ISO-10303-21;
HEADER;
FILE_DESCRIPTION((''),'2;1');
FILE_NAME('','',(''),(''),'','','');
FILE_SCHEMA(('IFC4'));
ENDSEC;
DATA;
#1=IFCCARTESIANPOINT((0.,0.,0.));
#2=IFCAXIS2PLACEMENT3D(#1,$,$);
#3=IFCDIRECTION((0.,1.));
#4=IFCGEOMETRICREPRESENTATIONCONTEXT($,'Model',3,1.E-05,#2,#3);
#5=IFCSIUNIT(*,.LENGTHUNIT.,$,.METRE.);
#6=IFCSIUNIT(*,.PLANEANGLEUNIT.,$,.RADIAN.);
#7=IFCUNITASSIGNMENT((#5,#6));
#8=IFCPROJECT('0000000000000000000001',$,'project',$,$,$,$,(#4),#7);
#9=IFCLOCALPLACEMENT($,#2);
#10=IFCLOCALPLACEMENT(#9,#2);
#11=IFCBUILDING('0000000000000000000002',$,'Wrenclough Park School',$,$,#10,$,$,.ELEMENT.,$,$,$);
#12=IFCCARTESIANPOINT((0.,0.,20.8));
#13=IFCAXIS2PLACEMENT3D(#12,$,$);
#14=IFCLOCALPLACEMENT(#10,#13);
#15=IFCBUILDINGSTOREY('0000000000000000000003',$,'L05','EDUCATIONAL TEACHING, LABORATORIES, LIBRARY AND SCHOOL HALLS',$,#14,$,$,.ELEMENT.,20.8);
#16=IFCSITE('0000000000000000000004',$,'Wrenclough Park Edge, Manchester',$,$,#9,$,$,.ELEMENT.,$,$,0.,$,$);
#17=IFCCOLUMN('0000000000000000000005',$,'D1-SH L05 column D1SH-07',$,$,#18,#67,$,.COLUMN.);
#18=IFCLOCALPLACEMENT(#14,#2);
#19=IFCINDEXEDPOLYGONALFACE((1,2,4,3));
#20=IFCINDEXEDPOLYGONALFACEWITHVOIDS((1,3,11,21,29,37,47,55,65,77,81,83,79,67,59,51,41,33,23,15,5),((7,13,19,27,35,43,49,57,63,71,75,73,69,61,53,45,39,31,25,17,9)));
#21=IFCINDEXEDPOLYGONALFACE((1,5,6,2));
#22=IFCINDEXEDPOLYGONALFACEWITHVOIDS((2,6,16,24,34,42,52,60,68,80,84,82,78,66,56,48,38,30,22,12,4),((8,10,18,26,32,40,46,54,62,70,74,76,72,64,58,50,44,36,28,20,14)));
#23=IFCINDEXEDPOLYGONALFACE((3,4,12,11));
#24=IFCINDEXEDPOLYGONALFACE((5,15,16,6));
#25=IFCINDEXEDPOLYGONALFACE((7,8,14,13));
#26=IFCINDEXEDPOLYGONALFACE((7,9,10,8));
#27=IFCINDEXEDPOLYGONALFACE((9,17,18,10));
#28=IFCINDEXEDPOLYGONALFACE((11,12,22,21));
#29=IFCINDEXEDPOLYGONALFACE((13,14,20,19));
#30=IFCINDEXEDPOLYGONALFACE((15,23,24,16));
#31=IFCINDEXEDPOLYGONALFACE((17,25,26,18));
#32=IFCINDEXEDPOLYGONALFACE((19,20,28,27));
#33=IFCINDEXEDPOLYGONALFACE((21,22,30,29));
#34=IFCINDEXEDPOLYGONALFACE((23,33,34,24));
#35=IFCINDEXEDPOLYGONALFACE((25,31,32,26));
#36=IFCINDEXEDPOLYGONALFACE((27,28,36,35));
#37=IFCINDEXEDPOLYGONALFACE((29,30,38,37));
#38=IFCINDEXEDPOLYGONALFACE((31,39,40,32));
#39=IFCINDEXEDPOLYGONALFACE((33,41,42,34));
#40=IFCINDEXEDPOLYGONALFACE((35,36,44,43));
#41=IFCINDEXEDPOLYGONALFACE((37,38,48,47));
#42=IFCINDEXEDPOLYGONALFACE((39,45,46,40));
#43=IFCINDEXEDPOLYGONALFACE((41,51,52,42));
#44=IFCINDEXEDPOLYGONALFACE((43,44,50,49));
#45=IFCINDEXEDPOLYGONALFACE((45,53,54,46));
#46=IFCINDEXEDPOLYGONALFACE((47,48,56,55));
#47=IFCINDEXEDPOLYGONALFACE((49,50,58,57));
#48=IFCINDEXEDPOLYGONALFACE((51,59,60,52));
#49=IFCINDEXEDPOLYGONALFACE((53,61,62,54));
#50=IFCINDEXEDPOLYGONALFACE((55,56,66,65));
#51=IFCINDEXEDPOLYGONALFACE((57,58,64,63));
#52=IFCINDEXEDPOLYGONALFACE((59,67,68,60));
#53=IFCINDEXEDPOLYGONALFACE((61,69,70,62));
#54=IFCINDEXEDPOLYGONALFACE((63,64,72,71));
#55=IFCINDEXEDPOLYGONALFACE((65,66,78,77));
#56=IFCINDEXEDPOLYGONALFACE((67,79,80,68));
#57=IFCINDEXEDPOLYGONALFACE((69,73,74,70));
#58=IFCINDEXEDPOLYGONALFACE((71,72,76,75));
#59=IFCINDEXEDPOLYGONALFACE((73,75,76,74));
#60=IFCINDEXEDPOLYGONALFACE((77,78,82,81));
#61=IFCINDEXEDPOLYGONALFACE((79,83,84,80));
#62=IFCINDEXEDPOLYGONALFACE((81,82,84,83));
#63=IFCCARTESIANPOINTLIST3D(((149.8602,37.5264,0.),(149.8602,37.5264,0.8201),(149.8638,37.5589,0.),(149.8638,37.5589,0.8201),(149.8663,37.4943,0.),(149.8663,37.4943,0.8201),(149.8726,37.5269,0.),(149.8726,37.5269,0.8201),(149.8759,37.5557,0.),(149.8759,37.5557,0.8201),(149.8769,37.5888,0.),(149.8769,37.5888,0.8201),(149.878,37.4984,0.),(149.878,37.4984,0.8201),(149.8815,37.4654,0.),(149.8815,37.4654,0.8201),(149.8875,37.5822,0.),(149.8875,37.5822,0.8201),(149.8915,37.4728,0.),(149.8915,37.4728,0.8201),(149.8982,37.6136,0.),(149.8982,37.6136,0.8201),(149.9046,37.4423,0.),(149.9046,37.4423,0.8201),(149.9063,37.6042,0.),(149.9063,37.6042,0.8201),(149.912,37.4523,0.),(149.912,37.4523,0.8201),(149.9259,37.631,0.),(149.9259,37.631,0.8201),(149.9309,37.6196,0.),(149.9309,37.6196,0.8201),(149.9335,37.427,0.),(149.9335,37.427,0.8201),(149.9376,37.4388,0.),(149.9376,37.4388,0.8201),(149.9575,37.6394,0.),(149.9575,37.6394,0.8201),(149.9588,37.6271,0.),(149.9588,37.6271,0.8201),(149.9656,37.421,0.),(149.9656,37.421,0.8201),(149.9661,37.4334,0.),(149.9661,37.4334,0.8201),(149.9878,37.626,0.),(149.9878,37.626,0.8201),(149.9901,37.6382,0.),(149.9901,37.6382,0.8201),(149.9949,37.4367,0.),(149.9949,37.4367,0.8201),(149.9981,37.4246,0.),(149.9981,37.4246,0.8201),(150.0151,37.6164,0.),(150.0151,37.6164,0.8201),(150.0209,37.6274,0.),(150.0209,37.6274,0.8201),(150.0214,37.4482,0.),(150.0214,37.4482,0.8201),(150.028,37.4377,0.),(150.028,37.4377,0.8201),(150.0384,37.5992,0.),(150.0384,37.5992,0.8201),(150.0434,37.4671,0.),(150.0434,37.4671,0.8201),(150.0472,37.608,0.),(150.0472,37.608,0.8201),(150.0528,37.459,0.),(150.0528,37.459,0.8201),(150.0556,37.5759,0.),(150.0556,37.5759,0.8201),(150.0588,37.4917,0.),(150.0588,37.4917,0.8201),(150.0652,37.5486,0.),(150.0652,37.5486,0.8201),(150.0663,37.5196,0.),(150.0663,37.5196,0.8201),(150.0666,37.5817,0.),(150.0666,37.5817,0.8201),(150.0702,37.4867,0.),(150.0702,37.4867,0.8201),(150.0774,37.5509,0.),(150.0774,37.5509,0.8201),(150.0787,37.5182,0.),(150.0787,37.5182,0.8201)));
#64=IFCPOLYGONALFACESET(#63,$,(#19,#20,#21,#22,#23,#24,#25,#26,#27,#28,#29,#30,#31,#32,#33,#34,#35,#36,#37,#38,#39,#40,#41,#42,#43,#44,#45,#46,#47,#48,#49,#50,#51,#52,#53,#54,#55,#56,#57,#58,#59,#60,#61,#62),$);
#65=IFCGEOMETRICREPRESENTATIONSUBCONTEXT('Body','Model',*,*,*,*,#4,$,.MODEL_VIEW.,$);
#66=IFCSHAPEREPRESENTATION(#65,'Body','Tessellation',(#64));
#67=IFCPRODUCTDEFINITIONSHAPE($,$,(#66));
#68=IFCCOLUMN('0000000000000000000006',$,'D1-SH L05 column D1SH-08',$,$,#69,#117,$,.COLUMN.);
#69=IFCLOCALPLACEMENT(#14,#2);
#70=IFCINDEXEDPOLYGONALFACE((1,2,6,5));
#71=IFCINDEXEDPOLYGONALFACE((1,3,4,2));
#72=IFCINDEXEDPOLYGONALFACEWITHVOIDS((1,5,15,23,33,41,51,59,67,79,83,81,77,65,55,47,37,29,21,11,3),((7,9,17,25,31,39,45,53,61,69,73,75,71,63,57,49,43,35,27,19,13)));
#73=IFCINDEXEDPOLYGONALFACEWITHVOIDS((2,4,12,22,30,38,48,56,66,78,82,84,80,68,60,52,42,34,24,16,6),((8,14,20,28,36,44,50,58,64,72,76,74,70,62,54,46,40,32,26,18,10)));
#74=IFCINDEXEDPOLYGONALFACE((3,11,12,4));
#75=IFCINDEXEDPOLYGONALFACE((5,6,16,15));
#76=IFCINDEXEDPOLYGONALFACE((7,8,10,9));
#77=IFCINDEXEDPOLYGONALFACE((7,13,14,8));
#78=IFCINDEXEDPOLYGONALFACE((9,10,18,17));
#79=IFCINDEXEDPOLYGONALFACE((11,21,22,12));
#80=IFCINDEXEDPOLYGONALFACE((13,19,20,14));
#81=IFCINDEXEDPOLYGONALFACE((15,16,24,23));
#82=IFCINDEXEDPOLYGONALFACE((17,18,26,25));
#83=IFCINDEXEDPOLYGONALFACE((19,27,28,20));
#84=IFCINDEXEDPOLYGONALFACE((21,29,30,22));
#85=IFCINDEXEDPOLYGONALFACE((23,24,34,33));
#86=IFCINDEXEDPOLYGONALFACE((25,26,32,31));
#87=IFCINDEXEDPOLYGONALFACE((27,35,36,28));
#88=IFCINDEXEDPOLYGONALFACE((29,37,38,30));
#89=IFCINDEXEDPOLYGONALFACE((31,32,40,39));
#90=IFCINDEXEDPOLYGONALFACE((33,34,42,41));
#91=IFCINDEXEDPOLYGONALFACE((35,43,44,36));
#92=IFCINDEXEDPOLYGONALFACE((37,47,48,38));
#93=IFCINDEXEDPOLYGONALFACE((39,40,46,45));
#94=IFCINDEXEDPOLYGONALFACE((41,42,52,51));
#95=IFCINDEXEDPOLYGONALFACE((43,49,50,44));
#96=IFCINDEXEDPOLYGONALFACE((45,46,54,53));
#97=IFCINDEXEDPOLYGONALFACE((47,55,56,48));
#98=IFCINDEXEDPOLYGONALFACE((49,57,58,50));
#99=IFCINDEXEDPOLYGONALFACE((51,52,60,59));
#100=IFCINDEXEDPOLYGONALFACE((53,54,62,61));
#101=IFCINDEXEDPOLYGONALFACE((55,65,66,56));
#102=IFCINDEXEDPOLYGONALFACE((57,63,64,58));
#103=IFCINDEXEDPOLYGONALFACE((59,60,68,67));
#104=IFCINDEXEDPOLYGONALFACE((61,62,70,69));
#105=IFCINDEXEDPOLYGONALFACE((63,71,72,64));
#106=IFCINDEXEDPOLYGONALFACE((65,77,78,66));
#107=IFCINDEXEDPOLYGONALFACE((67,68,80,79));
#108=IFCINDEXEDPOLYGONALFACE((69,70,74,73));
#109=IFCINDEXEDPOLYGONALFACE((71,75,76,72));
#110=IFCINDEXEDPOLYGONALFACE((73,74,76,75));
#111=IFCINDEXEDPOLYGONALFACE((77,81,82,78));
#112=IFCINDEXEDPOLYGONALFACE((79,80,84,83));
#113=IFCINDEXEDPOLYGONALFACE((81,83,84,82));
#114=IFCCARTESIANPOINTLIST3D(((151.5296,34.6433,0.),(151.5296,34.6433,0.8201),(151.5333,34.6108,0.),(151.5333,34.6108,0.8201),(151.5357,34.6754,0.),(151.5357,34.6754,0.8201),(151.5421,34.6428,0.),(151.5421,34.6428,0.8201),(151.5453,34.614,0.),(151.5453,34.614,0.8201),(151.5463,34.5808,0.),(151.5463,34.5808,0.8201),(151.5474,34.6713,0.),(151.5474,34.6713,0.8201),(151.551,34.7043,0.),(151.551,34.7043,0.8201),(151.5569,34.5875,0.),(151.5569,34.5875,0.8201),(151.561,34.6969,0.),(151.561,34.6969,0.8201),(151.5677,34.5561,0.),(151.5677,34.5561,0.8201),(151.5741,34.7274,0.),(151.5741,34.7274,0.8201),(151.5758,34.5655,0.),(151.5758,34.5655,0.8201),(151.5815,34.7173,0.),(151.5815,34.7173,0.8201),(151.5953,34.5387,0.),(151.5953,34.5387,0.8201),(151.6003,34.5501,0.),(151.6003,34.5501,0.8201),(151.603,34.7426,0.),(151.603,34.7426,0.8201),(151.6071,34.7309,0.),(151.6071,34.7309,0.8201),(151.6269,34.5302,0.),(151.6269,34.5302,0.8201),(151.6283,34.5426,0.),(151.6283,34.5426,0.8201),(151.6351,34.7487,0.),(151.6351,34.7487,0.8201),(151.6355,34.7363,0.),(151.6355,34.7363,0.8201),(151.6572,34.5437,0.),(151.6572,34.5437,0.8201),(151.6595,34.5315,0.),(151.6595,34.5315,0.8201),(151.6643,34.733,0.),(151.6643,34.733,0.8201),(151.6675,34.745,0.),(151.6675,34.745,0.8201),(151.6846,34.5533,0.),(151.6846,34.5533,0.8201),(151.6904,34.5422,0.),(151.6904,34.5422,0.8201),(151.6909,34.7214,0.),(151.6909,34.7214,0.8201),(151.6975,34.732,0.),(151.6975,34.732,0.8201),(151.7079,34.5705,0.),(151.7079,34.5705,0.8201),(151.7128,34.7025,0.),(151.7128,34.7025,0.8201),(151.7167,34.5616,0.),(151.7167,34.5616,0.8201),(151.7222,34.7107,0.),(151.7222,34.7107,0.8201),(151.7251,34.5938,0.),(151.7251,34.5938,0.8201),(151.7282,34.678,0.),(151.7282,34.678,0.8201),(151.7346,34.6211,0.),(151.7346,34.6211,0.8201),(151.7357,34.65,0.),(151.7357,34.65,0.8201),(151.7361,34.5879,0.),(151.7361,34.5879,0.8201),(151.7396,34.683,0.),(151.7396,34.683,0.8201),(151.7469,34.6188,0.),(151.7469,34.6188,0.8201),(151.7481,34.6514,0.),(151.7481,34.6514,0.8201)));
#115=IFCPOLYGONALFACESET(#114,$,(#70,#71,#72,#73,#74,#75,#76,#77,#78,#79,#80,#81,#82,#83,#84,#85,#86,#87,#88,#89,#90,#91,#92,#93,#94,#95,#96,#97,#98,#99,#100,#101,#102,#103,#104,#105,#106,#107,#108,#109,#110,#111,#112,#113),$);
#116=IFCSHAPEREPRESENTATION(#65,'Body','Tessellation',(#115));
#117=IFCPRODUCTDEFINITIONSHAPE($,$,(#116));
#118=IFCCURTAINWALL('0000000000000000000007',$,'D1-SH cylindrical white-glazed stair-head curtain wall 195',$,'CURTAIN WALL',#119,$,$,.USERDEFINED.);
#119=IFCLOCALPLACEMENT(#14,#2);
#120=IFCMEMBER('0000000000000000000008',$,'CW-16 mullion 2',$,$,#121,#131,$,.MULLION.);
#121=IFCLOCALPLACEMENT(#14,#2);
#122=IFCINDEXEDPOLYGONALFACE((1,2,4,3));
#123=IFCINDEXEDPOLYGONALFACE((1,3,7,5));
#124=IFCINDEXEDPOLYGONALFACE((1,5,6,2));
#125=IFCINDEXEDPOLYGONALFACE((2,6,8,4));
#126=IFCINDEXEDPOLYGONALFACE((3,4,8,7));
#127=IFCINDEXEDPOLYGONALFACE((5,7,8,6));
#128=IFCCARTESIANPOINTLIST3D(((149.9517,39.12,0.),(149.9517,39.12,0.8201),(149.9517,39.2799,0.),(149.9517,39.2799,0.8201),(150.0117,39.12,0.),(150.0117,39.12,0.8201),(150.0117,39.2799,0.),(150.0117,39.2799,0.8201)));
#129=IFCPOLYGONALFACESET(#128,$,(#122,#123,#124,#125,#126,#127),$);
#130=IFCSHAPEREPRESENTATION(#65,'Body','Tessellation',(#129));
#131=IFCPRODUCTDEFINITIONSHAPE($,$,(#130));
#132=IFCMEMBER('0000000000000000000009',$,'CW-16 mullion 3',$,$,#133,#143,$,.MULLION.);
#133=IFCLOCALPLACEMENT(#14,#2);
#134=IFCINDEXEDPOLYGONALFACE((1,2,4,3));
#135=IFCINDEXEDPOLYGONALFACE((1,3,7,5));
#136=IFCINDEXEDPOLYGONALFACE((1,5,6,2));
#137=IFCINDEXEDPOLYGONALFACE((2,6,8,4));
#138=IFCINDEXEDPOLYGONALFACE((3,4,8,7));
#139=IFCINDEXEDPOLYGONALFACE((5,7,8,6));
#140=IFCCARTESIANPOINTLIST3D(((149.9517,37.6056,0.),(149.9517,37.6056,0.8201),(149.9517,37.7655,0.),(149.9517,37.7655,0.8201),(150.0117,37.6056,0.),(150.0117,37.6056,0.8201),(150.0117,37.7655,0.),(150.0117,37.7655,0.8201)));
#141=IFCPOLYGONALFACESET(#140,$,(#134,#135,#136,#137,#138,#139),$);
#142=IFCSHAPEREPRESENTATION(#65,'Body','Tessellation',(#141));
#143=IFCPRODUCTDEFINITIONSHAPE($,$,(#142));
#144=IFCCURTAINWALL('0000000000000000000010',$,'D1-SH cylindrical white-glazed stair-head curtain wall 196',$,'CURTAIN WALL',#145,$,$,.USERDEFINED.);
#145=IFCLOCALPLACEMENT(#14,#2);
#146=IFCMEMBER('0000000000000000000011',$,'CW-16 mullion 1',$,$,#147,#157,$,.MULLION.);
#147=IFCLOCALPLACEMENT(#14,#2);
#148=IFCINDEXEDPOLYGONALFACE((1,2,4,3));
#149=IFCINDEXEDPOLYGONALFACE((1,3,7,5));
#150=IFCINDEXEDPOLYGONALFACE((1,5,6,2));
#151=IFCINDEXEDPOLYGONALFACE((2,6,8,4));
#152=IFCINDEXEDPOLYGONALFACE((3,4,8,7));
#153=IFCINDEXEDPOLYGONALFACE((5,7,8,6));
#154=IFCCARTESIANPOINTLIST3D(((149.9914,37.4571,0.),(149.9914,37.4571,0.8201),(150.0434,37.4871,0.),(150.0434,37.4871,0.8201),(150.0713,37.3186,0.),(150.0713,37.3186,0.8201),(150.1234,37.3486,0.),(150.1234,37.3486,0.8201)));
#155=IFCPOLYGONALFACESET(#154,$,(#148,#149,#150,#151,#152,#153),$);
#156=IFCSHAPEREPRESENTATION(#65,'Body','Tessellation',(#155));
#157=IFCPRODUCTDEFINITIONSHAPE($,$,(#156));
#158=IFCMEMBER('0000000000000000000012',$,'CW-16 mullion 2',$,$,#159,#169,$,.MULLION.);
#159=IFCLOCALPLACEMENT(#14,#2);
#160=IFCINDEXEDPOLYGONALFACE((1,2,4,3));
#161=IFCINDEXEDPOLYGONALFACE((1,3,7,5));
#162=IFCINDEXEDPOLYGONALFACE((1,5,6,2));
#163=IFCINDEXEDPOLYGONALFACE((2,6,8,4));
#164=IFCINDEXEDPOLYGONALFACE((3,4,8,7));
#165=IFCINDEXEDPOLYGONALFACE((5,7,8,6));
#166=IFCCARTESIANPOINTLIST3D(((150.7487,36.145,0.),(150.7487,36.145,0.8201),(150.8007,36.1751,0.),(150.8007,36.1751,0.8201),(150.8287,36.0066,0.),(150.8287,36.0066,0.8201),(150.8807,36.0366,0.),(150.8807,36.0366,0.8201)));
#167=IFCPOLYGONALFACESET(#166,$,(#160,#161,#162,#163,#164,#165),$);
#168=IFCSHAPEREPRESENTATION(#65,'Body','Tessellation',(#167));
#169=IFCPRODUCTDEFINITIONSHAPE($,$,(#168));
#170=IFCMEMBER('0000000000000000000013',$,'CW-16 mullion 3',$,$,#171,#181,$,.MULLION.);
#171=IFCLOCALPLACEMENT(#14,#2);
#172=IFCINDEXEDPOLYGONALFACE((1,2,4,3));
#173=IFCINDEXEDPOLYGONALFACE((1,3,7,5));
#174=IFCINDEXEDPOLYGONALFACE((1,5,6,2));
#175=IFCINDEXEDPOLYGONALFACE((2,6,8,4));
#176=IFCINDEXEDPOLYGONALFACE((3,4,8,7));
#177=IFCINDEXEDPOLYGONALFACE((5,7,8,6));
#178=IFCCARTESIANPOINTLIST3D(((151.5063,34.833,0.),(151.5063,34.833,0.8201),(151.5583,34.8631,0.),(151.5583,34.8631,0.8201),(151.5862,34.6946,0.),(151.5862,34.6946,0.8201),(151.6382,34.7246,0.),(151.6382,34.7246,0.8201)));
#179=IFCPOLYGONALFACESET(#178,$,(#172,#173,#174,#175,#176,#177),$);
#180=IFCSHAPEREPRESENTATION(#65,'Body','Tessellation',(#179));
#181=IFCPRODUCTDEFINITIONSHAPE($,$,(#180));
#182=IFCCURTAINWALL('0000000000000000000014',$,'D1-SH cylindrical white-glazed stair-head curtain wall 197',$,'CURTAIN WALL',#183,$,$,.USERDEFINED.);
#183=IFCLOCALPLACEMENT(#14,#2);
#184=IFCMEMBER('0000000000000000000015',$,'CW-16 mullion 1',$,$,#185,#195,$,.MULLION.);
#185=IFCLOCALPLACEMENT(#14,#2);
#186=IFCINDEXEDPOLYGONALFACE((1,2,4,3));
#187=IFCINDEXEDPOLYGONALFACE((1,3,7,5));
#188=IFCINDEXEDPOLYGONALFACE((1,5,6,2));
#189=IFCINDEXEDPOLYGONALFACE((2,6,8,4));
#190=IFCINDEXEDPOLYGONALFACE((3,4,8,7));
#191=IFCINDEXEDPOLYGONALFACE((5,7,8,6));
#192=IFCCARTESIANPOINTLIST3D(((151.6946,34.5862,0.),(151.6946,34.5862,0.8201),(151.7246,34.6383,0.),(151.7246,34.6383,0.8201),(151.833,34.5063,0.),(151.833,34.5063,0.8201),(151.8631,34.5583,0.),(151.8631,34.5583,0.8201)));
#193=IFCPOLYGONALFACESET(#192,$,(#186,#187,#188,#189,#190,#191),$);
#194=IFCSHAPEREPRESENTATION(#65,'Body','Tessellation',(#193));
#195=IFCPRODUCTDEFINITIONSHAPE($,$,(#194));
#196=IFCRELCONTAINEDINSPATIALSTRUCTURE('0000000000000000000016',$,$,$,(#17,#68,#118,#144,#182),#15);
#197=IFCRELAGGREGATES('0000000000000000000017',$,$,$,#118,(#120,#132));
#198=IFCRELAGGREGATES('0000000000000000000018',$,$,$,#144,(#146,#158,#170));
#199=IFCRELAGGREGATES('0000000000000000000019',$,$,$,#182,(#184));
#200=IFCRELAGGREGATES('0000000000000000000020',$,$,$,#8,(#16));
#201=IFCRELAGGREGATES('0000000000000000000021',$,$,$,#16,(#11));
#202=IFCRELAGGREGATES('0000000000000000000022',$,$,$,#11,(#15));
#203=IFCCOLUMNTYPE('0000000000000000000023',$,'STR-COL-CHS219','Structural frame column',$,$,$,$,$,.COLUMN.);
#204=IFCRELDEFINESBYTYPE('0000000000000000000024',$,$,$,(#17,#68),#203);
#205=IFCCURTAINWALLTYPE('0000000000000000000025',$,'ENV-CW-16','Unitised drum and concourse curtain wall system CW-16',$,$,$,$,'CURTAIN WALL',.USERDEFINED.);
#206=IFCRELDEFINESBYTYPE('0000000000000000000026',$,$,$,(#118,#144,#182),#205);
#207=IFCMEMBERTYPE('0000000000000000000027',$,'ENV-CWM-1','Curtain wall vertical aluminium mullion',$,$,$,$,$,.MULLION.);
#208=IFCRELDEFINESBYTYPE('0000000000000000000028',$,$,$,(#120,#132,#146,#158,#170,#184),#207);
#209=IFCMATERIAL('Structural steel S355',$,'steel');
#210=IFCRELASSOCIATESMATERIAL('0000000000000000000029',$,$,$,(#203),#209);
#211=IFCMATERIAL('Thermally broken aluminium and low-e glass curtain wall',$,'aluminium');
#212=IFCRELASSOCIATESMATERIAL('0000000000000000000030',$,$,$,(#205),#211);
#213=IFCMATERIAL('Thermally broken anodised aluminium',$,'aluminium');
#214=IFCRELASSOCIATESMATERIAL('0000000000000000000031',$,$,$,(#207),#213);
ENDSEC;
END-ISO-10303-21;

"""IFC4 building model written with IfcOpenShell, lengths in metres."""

from ifc_helpers import new_model, si_unit, direction, frame, origin, origin_2d, place, context, subcontext, project, spatial, rectangle, hollow_circle, extrude, material, material_profile, profile_set, type_object, element, aggregate, save


model = new_model("IFC4")

# Units and contexts
model_context = context("Model", 3, precision=1e-05, world=origin(), true_north=direction((0.0, 1.0)))
body_context = subcontext(model_context, "Body", "Model", "MODEL_VIEW")
ifc_project = project(units=[si_unit("LENGTHUNIT", "METRE"), si_unit("PLANEANGLEUNIT", "RADIAN")], contexts=[model_context])

# Site, building, storey
site_placement = place(None, origin())
site = spatial("IfcSite", under=ifc_project, at=site_placement, Name="Wrenclough Park Edge, Manchester", CompositionType="ELEMENT", RefElevation=0.0)
building_placement = place(site_placement, origin())
building = spatial("IfcBuilding", under=site, at=building_placement, Name="Wrenclough Park School", CompositionType="ELEMENT")
storey_placement = place(building_placement, frame((0.0, 0.0, 20.8)))
storey = spatial("IfcBuildingStorey", under=building, at=storey_placement, Name="L05", Description="EDUCATIONAL TEACHING, LABORATORIES, LIBRARY AND SCHOOL HALLS", CompositionType="ELEMENT", Elevation=20.8)

# Columns
ifc_material_1 = material(Name="Structural steel S355", Category="steel")
ifc_material_profile_1 = material_profile(ifc_material_1, hollow_circle(Radius=0.1096, WallThickness=0.0125, at=origin_2d()), Name="CHS 219.1x12.5")
ifc_profile_set_1 = profile_set([ifc_material_profile_1], Name="Structural steel S355")
column_type = type_object("IfcColumnType", Name="STR-COL-CHS219", Description="Structural frame column", PredefinedType="COLUMN", material=ifc_profile_set_1)
for number, where, z_axis, x_axis, name in (
    (1, (149.9697, 37.5305, 0.0), (0.0, 0.0, 1.0), (0.258819, -0.965926, 0.0), "D1-SH L05 column D1SH-07"),
    (2, (151.6392, 34.6392, 0.0), (0.0, 0.0, 1.0), (0.707107, -0.707107, 0.0), "D1-SH L05 column D1SH-08"),
):
    element("IfcColumn", number, at=place(storey_placement, frame(where, z_axis=z_axis, x_axis=x_axis)), inside=storey, type_object=column_type, Name=name, PredefinedType="COLUMN", context=body_context, shape_type="SweptSolid", body=[
        extrude(hollow_circle(Radius=0.1096, WallThickness=0.0125, at=origin_2d()), origin(), (0.0, 0.0, 1.0), 0.8201),
    ])

# Curtain walls, members
ifc_material_2 = material(Name="Thermally broken aluminium and low-e glass curtain wall", Category="aluminium")
curtain_wall_type = type_object("IfcCurtainWallType", Name="ENV-CW-16", Description="Unitised drum and concourse curtain wall system CW-16", ElementType="CURTAIN WALL", PredefinedType="USERDEFINED", material=ifc_material_2)
curtain_wall_1_placement = place(storey_placement, origin())
curtain_wall_1 = element("IfcCurtainWall", 3, at=curtain_wall_1_placement, inside=storey, type_object=curtain_wall_type, Name="D1-SH cylindrical white-glazed stair-head curtain wall 195", ObjectType="CURTAIN WALL", PredefinedType="USERDEFINED")
ifc_material_3 = material(Name="Thermally broken anodised aluminium", Category="aluminium")
ifc_material_profile_2 = material_profile(ifc_material_3, rectangle(XDim=0.0601, YDim=0.1599, at=origin_2d()), Name="AL MULLION 60x160")
ifc_profile_set_2 = profile_set([ifc_material_profile_2], Name="Thermally broken anodised aluminium")
member_type_1 = type_object("IfcMemberType", Name="ENV-CWM-1", Description="Curtain wall vertical aluminium mullion", PredefinedType="MULLION", material=ifc_profile_set_2)
member_1_placement = place(storey_placement, frame((149.9817, 39.2, 0.0), z_axis=(0.0, 0.0, 1.0), x_axis=(1.0, 0.0, 0.0)))
member_1 = element("IfcMember", 4, at=member_1_placement, type_object=member_type_1, Name="CW-16 mullion 2", PredefinedType="MULLION", context=body_context, shape_type="SweptSolid", body=[
    extrude(rectangle(XDim=0.0601, YDim=0.1599, at=origin_2d()), origin(), (0.0, 0.0, 1.0), 0.8201),
])
member_2_placement = place(storey_placement, frame((149.9817, 37.6855, 0.0), z_axis=(0.0, 0.0, 1.0), x_axis=(1.0, 0.0, 0.0)))
member_2 = element("IfcMember", 5, at=member_2_placement, type_object=member_type_1, Name="CW-16 mullion 3", PredefinedType="MULLION", context=body_context, shape_type="SweptSolid", body=[
    extrude(rectangle(XDim=0.0601, YDim=0.1599, at=origin_2d()), origin(), (0.0, 0.0, 1.0), 0.8201),
])
curtain_wall_2_placement = place(storey_placement, origin())
curtain_wall_2 = element("IfcCurtainWall", 6, at=curtain_wall_2_placement, inside=storey, type_object=curtain_wall_type, Name="D1-SH cylindrical white-glazed stair-head curtain wall 196", ObjectType="CURTAIN WALL", PredefinedType="USERDEFINED")
member_3_placement = place(storey_placement, frame((150.0574, 37.4028, 0.0), z_axis=(0.0, 0.0, 1.0), x_axis=(0.866024, 0.500003, 0.0)))
member_3 = element("IfcMember", 7, at=member_3_placement, type_object=member_type_1, Name="CW-16 mullion 1", PredefinedType="MULLION", context=body_context, shape_type="SweptSolid", body=[
    extrude(rectangle(XDim=0.0601, YDim=0.1599, at=origin_2d()), origin(), (0.0, 0.0, 1.0), 0.8201),
])
member_4_placement = place(storey_placement, frame((150.8147, 36.0908, 0.0), z_axis=(0.0, 0.0, 1.0), x_axis=(0.866024, 0.500003, 0.0)))
member_4 = element("IfcMember", 8, at=member_4_placement, type_object=member_type_1, Name="CW-16 mullion 2", PredefinedType="MULLION", context=body_context, shape_type="SweptSolid", body=[
    extrude(rectangle(XDim=0.0601, YDim=0.1599, at=origin_2d()), origin(), (0.0, 0.0, 1.0), 0.8201),
])
member_5_placement = place(storey_placement, frame((151.5723, 34.7788, 0.0), z_axis=(0.0, 0.0, 1.0), x_axis=(0.866024, 0.500003, 0.0)))
member_5 = element("IfcMember", 9, at=member_5_placement, type_object=member_type_1, Name="CW-16 mullion 3", PredefinedType="MULLION", context=body_context, shape_type="SweptSolid", body=[
    extrude(rectangle(XDim=0.0601, YDim=0.1599, at=origin_2d()), origin(), (0.0, 0.0, 1.0), 0.8201),
])

# Curtain wall, member
curtain_wall_3_placement = place(storey_placement, origin())
curtain_wall_3 = element("IfcCurtainWall", 10, at=curtain_wall_3_placement, inside=storey, type_object=curtain_wall_type, Name="D1-SH cylindrical white-glazed stair-head curtain wall 197", ObjectType="CURTAIN WALL", PredefinedType="USERDEFINED")
member_6_placement = place(storey_placement, frame((151.7788, 34.5723, 0.0), z_axis=(0.0, 0.0, 1.0), x_axis=(0.500015, 0.866017, 0.0)))
member_6 = element("IfcMember", 11, at=member_6_placement, type_object=member_type_1, Name="CW-16 mullion 1", PredefinedType="MULLION", context=body_context, shape_type="SweptSolid", body=[
    extrude(rectangle(XDim=0.0601, YDim=0.1599, at=origin_2d()), origin(), (0.0, 0.0, 1.0), 0.8201),
])

aggregate(curtain_wall_1, [member_1, member_2])
aggregate(curtain_wall_2, [member_3, member_4, member_5])
aggregate(curtain_wall_3, [member_6])

save(model, "model.ifc")
